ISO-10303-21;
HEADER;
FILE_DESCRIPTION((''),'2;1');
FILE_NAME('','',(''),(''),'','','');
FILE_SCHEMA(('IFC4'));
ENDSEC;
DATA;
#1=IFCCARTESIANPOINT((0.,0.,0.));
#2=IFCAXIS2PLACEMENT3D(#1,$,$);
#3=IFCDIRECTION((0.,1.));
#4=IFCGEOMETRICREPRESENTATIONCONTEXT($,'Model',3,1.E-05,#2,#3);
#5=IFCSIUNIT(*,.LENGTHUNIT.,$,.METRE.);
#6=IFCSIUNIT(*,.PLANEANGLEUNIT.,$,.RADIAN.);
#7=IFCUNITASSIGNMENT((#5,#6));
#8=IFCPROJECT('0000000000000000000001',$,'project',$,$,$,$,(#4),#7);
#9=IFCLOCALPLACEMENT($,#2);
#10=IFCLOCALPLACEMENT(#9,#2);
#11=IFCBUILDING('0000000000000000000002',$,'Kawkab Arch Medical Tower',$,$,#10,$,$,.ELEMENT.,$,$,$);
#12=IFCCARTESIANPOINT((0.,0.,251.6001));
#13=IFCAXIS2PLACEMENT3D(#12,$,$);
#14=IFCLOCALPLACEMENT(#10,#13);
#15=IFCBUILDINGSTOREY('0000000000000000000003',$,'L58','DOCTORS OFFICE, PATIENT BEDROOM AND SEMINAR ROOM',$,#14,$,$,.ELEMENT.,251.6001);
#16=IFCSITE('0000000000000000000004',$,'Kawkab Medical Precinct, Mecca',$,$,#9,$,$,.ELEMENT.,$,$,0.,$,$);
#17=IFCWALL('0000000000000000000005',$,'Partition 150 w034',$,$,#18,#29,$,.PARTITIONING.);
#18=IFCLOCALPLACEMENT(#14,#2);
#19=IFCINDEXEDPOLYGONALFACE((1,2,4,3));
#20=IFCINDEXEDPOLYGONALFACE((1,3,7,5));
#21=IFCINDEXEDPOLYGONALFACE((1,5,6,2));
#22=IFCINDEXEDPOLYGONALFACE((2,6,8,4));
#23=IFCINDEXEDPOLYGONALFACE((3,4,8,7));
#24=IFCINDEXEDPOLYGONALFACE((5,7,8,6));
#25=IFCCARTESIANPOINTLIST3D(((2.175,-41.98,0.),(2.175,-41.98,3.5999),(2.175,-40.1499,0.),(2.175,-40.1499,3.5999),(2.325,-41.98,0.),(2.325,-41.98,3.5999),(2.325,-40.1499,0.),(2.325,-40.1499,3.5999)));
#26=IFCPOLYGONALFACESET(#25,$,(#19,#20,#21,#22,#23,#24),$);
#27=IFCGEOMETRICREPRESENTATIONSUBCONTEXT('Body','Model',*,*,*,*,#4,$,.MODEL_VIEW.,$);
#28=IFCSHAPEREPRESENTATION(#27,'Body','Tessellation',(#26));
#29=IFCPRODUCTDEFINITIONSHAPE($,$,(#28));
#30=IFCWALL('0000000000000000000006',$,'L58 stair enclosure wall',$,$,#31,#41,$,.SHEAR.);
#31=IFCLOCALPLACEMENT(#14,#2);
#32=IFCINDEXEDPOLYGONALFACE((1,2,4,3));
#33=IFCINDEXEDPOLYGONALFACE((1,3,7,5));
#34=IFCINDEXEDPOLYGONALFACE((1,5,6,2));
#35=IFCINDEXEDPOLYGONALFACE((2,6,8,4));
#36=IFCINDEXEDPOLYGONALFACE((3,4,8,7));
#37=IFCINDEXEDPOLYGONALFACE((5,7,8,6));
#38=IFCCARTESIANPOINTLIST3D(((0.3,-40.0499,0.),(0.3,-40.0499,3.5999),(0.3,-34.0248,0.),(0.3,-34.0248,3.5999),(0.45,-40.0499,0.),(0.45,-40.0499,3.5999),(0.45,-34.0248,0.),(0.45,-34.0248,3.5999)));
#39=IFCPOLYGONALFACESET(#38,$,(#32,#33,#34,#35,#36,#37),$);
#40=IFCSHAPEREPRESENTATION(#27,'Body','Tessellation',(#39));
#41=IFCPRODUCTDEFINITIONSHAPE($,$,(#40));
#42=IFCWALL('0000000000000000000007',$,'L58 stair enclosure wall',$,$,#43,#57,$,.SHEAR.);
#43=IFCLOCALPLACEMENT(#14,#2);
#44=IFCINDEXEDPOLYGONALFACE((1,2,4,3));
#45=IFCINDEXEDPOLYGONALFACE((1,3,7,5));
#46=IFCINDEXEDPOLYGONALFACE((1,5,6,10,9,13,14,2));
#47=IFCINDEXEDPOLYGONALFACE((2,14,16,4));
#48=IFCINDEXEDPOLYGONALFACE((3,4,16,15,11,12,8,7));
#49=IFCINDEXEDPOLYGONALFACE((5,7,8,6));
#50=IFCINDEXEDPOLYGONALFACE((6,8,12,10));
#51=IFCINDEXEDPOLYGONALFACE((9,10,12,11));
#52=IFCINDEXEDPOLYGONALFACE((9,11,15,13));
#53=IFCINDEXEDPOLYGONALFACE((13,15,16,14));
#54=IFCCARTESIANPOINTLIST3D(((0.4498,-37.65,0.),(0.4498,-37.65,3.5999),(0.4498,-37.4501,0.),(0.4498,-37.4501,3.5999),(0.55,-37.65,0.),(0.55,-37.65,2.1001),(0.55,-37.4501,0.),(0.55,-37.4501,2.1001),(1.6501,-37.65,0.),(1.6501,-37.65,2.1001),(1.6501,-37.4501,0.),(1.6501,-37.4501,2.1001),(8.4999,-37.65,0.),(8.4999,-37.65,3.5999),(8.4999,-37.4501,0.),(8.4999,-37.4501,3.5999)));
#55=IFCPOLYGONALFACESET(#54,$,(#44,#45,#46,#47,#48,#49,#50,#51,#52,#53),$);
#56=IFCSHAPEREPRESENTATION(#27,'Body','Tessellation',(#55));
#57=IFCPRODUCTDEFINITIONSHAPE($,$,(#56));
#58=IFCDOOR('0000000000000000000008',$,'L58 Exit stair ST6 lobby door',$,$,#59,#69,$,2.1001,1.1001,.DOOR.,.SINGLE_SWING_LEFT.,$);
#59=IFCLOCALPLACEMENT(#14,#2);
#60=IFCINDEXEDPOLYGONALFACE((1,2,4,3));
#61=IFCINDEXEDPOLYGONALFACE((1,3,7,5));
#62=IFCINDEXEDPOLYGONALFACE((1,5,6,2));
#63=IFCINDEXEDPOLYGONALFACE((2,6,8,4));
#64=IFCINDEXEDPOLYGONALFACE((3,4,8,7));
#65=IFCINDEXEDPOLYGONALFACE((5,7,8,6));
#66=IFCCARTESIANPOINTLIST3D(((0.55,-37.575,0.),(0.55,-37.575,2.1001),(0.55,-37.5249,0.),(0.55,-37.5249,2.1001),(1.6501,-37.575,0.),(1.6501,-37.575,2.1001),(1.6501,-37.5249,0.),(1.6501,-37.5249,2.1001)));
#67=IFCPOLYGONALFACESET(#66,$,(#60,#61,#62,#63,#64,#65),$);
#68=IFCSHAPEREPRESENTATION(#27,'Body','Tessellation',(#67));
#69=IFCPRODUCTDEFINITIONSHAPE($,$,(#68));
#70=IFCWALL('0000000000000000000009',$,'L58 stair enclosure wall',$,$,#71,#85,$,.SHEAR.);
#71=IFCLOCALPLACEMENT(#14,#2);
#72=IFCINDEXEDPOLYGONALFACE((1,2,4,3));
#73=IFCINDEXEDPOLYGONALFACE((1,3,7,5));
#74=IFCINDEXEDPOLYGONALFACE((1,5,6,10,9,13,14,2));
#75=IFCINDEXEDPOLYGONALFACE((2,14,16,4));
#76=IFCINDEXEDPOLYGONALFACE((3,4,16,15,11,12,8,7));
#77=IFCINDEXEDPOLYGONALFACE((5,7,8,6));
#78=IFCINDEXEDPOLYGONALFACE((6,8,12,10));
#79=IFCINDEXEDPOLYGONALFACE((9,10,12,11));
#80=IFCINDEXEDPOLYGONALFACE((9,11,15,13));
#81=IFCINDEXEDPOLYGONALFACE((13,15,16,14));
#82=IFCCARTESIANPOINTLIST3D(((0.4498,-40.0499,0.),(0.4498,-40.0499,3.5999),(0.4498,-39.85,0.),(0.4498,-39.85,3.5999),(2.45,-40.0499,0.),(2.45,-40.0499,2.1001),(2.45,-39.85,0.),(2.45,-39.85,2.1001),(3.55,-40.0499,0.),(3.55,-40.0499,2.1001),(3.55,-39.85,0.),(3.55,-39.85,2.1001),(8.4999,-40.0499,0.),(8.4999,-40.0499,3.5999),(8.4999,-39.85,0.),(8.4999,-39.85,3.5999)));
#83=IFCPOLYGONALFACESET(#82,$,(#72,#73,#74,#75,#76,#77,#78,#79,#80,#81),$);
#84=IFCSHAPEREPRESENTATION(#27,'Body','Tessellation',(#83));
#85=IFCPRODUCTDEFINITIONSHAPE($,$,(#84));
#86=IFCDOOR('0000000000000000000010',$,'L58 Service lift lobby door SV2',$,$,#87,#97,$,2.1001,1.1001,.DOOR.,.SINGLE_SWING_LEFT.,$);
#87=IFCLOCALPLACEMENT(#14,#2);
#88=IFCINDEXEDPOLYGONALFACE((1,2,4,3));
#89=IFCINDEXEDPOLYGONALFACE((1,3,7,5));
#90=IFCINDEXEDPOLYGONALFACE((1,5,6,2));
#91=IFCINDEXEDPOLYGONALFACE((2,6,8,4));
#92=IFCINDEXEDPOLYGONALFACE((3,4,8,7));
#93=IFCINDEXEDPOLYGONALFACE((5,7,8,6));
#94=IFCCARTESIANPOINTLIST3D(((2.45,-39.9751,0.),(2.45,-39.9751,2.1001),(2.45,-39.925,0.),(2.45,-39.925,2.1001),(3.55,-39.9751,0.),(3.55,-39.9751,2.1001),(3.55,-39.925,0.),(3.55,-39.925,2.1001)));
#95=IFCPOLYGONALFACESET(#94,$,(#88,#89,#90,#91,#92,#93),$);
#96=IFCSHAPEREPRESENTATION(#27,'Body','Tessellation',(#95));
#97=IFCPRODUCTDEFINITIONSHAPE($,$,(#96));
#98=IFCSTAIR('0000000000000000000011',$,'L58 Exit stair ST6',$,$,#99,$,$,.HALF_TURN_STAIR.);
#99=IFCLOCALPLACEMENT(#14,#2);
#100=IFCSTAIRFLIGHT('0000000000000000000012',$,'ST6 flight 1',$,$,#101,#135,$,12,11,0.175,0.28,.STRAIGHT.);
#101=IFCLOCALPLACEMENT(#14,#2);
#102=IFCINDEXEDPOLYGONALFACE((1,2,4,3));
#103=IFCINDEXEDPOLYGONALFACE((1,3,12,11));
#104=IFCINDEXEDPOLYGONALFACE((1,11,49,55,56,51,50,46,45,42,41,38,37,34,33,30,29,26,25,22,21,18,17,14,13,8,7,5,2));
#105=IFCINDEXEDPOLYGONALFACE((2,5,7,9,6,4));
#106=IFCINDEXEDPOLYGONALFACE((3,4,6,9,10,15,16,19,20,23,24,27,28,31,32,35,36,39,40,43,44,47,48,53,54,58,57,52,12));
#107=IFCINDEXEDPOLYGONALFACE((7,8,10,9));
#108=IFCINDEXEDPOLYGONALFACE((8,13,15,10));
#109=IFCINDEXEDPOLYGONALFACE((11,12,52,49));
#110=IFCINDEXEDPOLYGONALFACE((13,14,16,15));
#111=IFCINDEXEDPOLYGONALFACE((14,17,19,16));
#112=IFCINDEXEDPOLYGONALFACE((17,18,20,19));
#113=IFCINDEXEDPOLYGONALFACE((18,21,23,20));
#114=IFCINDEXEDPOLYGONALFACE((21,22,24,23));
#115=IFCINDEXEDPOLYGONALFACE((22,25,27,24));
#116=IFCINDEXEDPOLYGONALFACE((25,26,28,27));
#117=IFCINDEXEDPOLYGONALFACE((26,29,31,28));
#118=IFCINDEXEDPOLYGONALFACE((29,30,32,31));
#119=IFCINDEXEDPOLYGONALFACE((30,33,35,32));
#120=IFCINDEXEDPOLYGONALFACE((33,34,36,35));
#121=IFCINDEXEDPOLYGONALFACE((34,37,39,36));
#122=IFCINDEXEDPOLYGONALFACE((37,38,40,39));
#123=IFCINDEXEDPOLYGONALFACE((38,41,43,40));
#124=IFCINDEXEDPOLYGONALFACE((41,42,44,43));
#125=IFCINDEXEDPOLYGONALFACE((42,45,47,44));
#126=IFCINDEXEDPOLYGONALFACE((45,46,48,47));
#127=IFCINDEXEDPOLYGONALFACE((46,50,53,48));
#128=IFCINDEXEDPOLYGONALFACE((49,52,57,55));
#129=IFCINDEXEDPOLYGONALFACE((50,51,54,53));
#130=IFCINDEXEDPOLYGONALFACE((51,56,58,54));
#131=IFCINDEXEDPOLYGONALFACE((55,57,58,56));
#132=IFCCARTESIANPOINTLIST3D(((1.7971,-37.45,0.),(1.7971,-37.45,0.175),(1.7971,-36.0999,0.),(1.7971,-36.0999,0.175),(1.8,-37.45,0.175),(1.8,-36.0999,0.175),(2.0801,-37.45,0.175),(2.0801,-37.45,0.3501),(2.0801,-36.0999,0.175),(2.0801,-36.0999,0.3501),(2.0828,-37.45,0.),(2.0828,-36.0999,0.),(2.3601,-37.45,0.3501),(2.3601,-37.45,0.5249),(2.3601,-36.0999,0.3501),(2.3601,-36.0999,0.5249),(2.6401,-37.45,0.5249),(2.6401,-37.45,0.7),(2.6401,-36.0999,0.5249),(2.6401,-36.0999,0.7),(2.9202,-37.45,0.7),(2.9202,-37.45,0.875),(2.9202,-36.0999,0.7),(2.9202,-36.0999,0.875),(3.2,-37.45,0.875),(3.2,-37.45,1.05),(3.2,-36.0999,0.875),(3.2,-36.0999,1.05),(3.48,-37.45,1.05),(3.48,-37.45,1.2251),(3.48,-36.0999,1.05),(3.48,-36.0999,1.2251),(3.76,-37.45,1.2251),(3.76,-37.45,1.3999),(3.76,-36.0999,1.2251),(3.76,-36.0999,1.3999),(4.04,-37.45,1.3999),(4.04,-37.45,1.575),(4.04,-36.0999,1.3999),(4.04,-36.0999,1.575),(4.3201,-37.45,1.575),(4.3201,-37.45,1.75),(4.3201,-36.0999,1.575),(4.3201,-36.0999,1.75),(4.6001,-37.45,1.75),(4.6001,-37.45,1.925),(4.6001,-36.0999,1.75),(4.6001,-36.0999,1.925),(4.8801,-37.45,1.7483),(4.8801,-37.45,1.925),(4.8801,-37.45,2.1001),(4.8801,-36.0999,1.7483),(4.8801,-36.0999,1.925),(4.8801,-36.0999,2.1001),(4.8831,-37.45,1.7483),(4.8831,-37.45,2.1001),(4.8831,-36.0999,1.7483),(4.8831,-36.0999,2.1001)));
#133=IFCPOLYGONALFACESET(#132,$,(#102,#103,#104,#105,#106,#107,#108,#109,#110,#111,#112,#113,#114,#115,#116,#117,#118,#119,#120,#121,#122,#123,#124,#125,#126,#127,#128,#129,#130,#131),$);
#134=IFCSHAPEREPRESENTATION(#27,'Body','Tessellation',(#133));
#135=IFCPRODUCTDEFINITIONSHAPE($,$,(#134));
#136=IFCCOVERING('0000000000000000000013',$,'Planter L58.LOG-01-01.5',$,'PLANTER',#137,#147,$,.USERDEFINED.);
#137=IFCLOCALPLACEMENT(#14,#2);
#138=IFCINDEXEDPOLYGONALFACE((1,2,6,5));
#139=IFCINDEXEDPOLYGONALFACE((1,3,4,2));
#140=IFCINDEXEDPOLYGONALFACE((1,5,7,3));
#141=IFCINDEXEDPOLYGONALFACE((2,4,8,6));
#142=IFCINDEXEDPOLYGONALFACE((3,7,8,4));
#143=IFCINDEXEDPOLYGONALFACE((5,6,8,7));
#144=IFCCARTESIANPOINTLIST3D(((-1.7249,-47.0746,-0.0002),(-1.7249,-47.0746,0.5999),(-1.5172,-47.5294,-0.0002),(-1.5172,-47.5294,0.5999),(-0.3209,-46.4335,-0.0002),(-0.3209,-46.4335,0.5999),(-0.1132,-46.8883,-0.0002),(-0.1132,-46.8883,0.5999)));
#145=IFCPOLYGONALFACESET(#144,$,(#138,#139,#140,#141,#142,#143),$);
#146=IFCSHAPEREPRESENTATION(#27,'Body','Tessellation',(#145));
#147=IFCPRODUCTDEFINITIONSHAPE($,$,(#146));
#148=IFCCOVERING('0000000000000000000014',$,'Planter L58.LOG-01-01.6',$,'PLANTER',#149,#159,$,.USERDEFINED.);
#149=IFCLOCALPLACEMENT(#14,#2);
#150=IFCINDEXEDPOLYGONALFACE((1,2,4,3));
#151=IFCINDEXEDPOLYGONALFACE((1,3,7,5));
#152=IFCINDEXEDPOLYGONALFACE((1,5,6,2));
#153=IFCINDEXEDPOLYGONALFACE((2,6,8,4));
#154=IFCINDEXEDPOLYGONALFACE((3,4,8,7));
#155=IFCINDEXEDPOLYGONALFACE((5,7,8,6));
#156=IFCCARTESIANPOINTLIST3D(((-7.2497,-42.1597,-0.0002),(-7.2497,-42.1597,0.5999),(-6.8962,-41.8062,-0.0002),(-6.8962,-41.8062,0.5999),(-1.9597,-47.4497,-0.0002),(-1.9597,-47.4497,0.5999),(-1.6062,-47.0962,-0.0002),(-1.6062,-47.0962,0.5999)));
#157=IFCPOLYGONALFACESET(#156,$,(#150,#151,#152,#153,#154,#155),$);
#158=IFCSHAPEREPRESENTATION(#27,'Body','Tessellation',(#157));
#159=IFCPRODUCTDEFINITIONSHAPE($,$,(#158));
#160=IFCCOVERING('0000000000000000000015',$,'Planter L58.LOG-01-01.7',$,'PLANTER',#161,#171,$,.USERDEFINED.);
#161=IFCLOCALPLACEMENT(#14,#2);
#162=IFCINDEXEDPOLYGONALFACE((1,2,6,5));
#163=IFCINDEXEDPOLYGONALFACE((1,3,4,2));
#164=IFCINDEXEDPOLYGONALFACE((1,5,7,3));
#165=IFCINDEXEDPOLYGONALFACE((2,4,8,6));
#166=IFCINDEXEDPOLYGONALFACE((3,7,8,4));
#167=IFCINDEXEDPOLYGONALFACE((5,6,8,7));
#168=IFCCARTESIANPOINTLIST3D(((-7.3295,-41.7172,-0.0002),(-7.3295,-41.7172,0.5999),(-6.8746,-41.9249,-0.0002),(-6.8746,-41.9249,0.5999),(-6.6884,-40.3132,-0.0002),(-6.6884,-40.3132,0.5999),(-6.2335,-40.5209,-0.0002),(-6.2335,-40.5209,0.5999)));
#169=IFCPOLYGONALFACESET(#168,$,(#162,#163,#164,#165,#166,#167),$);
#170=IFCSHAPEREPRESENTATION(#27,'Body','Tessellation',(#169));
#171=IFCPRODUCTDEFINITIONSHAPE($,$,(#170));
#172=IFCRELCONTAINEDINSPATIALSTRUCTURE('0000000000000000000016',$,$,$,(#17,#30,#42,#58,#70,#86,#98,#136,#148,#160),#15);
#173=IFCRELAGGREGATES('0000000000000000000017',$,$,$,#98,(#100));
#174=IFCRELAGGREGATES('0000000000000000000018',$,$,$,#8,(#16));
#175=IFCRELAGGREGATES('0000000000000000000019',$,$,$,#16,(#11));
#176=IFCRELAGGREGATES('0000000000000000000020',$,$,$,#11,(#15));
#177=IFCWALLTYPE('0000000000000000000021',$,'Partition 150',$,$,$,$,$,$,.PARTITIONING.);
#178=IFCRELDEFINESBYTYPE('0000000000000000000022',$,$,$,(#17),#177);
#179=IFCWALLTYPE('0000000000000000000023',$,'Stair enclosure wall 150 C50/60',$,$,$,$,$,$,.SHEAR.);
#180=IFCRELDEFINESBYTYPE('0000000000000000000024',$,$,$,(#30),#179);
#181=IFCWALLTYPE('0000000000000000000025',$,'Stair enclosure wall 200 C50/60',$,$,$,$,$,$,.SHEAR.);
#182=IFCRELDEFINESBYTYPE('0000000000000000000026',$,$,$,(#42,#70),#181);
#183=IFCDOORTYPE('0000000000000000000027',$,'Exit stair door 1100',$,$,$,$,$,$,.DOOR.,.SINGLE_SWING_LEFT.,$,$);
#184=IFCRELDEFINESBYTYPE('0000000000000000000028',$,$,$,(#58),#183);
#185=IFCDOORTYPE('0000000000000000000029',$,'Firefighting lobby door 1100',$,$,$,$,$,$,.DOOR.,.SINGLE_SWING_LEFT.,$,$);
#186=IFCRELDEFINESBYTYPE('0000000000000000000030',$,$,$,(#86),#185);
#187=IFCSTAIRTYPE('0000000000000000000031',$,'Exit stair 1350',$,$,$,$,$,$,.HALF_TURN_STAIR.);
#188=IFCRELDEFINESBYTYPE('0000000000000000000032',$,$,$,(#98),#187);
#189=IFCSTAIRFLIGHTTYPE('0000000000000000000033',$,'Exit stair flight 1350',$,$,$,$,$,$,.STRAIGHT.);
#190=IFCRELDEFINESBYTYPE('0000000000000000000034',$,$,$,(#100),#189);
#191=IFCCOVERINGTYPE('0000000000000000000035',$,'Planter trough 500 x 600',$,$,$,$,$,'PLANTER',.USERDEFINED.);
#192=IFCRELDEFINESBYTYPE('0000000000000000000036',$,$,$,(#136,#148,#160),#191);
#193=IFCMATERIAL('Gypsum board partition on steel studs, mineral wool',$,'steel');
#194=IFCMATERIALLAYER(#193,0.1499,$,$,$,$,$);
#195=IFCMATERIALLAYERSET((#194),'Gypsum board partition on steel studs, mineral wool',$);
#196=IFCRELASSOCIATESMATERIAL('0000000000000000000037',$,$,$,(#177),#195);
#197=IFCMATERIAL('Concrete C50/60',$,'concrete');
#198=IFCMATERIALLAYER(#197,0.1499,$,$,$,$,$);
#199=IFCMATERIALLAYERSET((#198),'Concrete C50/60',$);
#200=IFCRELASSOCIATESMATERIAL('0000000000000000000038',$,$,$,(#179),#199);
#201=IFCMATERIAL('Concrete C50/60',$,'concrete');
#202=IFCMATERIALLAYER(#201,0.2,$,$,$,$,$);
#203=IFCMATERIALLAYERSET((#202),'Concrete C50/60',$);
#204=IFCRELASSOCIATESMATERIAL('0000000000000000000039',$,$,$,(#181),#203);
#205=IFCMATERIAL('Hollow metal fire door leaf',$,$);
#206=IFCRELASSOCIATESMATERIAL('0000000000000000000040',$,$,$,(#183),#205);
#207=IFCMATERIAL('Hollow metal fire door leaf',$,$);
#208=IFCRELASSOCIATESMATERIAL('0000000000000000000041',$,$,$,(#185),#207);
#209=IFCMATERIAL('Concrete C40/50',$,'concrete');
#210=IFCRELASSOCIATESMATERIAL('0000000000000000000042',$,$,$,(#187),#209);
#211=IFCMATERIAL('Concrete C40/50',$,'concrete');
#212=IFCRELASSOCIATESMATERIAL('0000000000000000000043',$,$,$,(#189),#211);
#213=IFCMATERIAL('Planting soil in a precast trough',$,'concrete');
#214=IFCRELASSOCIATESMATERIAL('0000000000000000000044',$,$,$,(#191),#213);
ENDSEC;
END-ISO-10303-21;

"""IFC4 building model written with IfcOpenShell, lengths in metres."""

from ifc_helpers import new_model, si_unit, direction, frame, frame_2d, origin, origin_2d, place, context, subcontext, project, spatial, polyline, rectangle, outline, extrude, material, layer, layer_set, material_profile, profile_set, type_object, element, fill, aggregate, save


model = new_model("IFC4")

# Units and contexts
model_context = context("Model", 3, precision=1e-05, world=origin(), true_north=direction((0.0, 1.0)))
body_context = subcontext(model_context, "Body", "Model", "MODEL_VIEW")
ifc_project = project(units=[si_unit("LENGTHUNIT", "METRE"), si_unit("PLANEANGLEUNIT", "RADIAN")], contexts=[model_context])

# Site, building, storey
site_placement = place(None, origin())
site = spatial("IfcSite", under=ifc_project, at=site_placement, Name="Kawkab Medical Precinct, Mecca", CompositionType="ELEMENT", RefElevation=0.0)
building_placement = place(site_placement, origin())
building = spatial("IfcBuilding", under=site, at=building_placement, Name="Kawkab Arch Medical Tower", CompositionType="ELEMENT")
storey_placement = place(building_placement, frame((0.0, 0.0, 251.6001)))
storey = spatial("IfcBuildingStorey", under=building, at=storey_placement, Name="L58", Description="DOCTORS OFFICE, PATIENT BEDROOM AND SEMINAR ROOM", CompositionType="ELEMENT", Elevation=251.6001)

# Shared definitions
placement = place(storey_placement, origin())

# Shared definitions
ifc_material_1 = material(Name="Gypsum board partition on steel studs, mineral wool", Category="steel")
ifc_layer_1 = layer(ifc_material_1, 0.1499)
ifc_layer_set_1 = layer_set([ifc_layer_1], Name="Gypsum board partition on steel studs, mineral wool")
wall_type_1 = type_object("IfcWallType", Name="Partition 150", PredefinedType="PARTITIONING", material=ifc_layer_set_1)

# Walls
wall_1_placement = place(storey_placement, frame((2.25, -41.98, 0.0), z_axis=(0.0, 0.0, 1.0), x_axis=(0.0, 1.0, 0.0)))
element("IfcWall", 1, at=wall_1_placement, inside=storey, type_object=wall_type_1, Name="Partition 150 w034", PredefinedType="PARTITIONING", context=body_context, shape_type="SweptSolid", body=[
    extrude(rectangle(XDim=1.8301, YDim=0.1499, at=frame_2d((0.915, 0.0))), origin(), (0.0, 0.0, 1.0), 3.5999),
])
ifc_material_2 = material(Name="Concrete C50/60", Category="concrete")
ifc_layer_2 = layer(ifc_material_2, 0.1499)
ifc_layer_set_2 = layer_set([ifc_layer_2], Name="Concrete C50/60")
wall_type_2 = type_object("IfcWallType", Name="Stair enclosure wall 150 C50/60", PredefinedType="SHEAR", material=ifc_layer_set_2)
wall_2_placement = place(storey_placement, frame((0.375, -40.05, 0.0), z_axis=(0.0, 0.0, 1.0), x_axis=(0.0, 1.0, 0.0)))
element("IfcWall", 2, at=wall_2_placement, inside=storey, type_object=wall_type_2, Name="L58 stair enclosure wall", PredefinedType="SHEAR", context=body_context, shape_type="SweptSolid", body=[
    extrude(rectangle(XDim=6.0251, YDim=0.1499, at=frame_2d((3.0127, 0.0))), origin(), (0.0, 0.0, 1.0), 3.5999),
])

# Walls, openings, doors
ifc_material_3 = material(Name="Concrete C50/60", Category="concrete")
ifc_layer_3 = layer(ifc_material_3, 0.2)
ifc_layer_set_3 = layer_set([ifc_layer_3], Name="Concrete C50/60")
wall_type_3 = type_object("IfcWallType", Name="Stair enclosure wall 200 C50/60", PredefinedType="SHEAR", material=ifc_layer_set_3)
wall_3_placement = place(storey_placement, frame((0.45, -37.55, 0.0), z_axis=(0.0, 0.0, 1.0), x_axis=(1.0, 0.0, 0.0)))
wall_3 = element("IfcWall", 3, at=wall_3_placement, inside=storey, type_object=wall_type_3, Name="L58 stair enclosure wall", PredefinedType="SHEAR", context=body_context, shape_type="SweptSolid", body=[
    extrude(rectangle(XDim=8.05, YDim=0.2, at=frame_2d((4.0249, 0.0))), origin(), (0.0, 0.0, 1.0), 3.5999),
])
opening_1_placement = place(wall_3_placement, frame((0.1001, 0.0, 0.0)))
opening_1 = element("IfcOpeningElement", 4, at=opening_1_placement, cuts=wall_3, PredefinedType="OPENING", context=body_context, shape_type="SweptSolid", body=[
    extrude(rectangle(XDim=1.1001, YDim=2.1001, at=frame_2d((0.55, 1.05))), frame((0.0, 0.1099, 0.0), z_axis=(0.0, -1.0, 0.0), x_axis=(1.0, 0.0, 0.0)), (0.0, 0.0, 1.0), 0.22),
])
ifc_material_4 = material(Name="Hollow metal fire door leaf")
door_type_1 = type_object("IfcDoorType", Name="Exit stair door 1100", OperationType="SINGLE_SWING_LEFT", PredefinedType="DOOR", material=ifc_material_4)
door_1_placement = place(opening_1_placement, frame((1.1001, 0.0, 0.0), z_axis=(0.0, 0.0, 1.0), x_axis=(-1.0, 0.0, 0.0)))
door_1 = element("IfcDoor", 5, at=door_1_placement, inside=storey, type_object=door_type_1, Name="L58 Exit stair ST6 lobby door", OperationType="SINGLE_SWING_LEFT", OverallHeight=2.1001, OverallWidth=1.1001, PredefinedType="DOOR", context=body_context, shape_type="SweptSolid", body=[
    extrude(rectangle(XDim=1.1001, YDim=2.1001, at=frame_2d((0.55, 1.05))), frame((0.0, 0.0249, 0.0), z_axis=(0.0, -1.0, 0.0), x_axis=(1.0, 0.0, 0.0)), (0.0, 0.0, 1.0), 0.05),
])
fill(opening_1, door_1)
wall_4_placement = place(storey_placement, frame((0.45, -39.95, 0.0), z_axis=(0.0, 0.0, 1.0), x_axis=(1.0, 0.0, 0.0)))
wall_4 = element("IfcWall", 6, at=wall_4_placement, inside=storey, type_object=wall_type_3, Name="L58 stair enclosure wall", PredefinedType="SHEAR", context=body_context, shape_type="SweptSolid", body=[
    extrude(rectangle(XDim=8.05, YDim=0.2, at=frame_2d((4.0249, 0.0))), origin(), (0.0, 0.0, 1.0), 3.5999),
])
opening_2_placement = place(wall_4_placement, frame((2.0, 0.0, 0.0)))
opening_2 = element("IfcOpeningElement", 7, at=opening_2_placement, cuts=wall_4, PredefinedType="OPENING", context=body_context, shape_type="SweptSolid", body=[
    extrude(rectangle(XDim=1.1001, YDim=2.1001, at=frame_2d((0.55, 1.05))), frame((0.0, 0.1099, 0.0), z_axis=(0.0, -1.0, 0.0), x_axis=(1.0, 0.0, 0.0)), (0.0, 0.0, 1.0), 0.22),
])
ifc_material_5 = material(Name="Hollow metal fire door leaf")
door_type_2 = type_object("IfcDoorType", Name="Firefighting lobby door 1100", OperationType="SINGLE_SWING_LEFT", PredefinedType="DOOR", material=ifc_material_5)
door_2_placement = place(opening_2_placement, origin())
door_2 = element("IfcDoor", 8, at=door_2_placement, inside=storey, type_object=door_type_2, Name="L58 Service lift lobby door SV2", OperationType="SINGLE_SWING_LEFT", OverallHeight=2.1001, OverallWidth=1.1001, PredefinedType="DOOR", context=body_context, shape_type="SweptSolid", body=[
    extrude(rectangle(XDim=1.1001, YDim=2.1001, at=frame_2d((0.55, 1.05))), frame((0.0, 0.0249, 0.0), z_axis=(0.0, -1.0, 0.0), x_axis=(1.0, 0.0, 0.0)), (0.0, 0.0, 1.0), 0.05),
])
fill(opening_2, door_2)

# Stair, stair flight
ifc_material_6 = material(Name="Concrete C40/50", Category="concrete")
stair_type = type_object("IfcStairType", Name="Exit stair 1350", PredefinedType="HALF_TURN_STAIR", material=ifc_material_6)
stair = element("IfcStair", 9, at=placement, inside=storey, type_object=stair_type, Name="L58 Exit stair ST6", PredefinedType="HALF_TURN_STAIR")
ifc_material_7 = material(Name="Concrete C40/50", Category="concrete")
stair_flight_type = type_object("IfcStairFlightType", Name="Exit stair flight 1350", PredefinedType="STRAIGHT", material=ifc_material_7)
stair_flight_placement = place(storey_placement, frame((1.8, -36.7749, 0.0), z_axis=(0.0, 0.0, 1.0), x_axis=(1.0, 0.0, 0.0)))
stair_flight = element("IfcStairFlight", 10, at=stair_flight_placement, type_object=stair_flight_type, Name="ST6 flight 1", NumberOfRisers=12, NumberOfTreads=11, PredefinedType="STRAIGHT", RiserHeight=0.175, TreadLength=0.28, context=body_context, shape_type="SweptSolid", body=[
    extrude(outline(polyline([(-0.0029, 0.0), (-0.0029, 0.175), (0.0, 0.175), (0.28, 0.175), (0.28, 0.3501), (0.5601, 0.3501), (0.5601, 0.5249), (0.8401, 0.5249), (0.8401, 0.7), (1.1201, 0.7), (1.1201, 0.875), (1.3999, 0.875), (1.3999, 1.05), (1.6799, 1.05), (1.6799, 1.2251), (1.96, 1.2251), (1.96, 1.3999), (2.24, 1.3999), (2.24, 1.575), (2.52, 1.575), (2.52, 1.75), (2.8, 1.75), (2.8, 1.925), (3.0801, 1.925), (3.0801, 2.1001), (3.083, 2.1001), (3.083, 1.7483), (3.0801, 1.7483), (0.2827, 0.0), (-0.0029, 0.0)])), frame((0.0, 0.675, 0.0), z_axis=(0.0, -1.0, 0.0), x_axis=(1.0, 0.0, 0.0)), (0.0, 0.0, 1.0), 1.3501),
])
aggregate(stair, [stair_flight])

# Coverings
ifc_material_8 = material(Name="Planting soil in a precast trough", Category="concrete")
ifc_material_profile_1 = material_profile(ifc_material_8, rectangle(XDim=0.5, YDim=0.6001, at=origin_2d()), Name="Trough 500x600")
ifc_profile_set_1 = profile_set([ifc_material_profile_1], Name="Planting soil in a precast trough")
covering_type = type_object("IfcCoveringType", Name="Planter trough 500 x 600", ElementType="PLANTER", PredefinedType="USERDEFINED", material=ifc_profile_set_1)
covering_1_placement = place(storey_placement, frame((-0.217, -46.6609, 0.2998), z_axis=(-0.909656, -0.415363, 0.0), x_axis=(0.415363, -0.909656, 0.0)))
element("IfcCovering", 11, at=covering_1_placement, inside=storey, type_object=covering_type, Name="Planter L58.LOG-01-01.5", ObjectType="PLANTER", PredefinedType="USERDEFINED", context=body_context, shape_type="SweptSolid", body=[
    extrude(rectangle(XDim=0.5, YDim=0.6001, at=origin_2d()), origin(), (0.0, 0.0, 1.0), 1.5435),
])
covering_2_placement = place(storey_placement, frame((-1.783, -47.2729, 0.2998), z_axis=(-0.707107, 0.707107, 0.0), x_axis=(-0.707107, -0.707107, 0.0)))
element("IfcCovering", 12, at=covering_2_placement, inside=storey, type_object=covering_type, Name="Planter L58.LOG-01-01.6", ObjectType="PLANTER", PredefinedType="USERDEFINED", context=body_context, shape_type="SweptSolid", body=[
    extrude(rectangle(XDim=0.5, YDim=0.6001, at=origin_2d()), origin(), (0.0, 0.0, 1.0), 7.4812),
])
covering_3_placement = place(storey_placement, frame((-7.1021, -41.821, 0.2998), z_axis=(0.415363, 0.909656, 0.0), x_axis=(-0.909656, 0.415363, 0.0)))
element("IfcCovering", 13, at=covering_3_placement, inside=storey, type_object=covering_type, Name="Planter L58.LOG-01-01.7", ObjectType="PLANTER", PredefinedType="USERDEFINED", context=body_context, shape_type="SweptSolid", body=[
    extrude(rectangle(XDim=0.5, YDim=0.6001, at=origin_2d()), origin(), (0.0, 0.0, 1.0), 1.5435),
])

save(model, "model.ifc")
